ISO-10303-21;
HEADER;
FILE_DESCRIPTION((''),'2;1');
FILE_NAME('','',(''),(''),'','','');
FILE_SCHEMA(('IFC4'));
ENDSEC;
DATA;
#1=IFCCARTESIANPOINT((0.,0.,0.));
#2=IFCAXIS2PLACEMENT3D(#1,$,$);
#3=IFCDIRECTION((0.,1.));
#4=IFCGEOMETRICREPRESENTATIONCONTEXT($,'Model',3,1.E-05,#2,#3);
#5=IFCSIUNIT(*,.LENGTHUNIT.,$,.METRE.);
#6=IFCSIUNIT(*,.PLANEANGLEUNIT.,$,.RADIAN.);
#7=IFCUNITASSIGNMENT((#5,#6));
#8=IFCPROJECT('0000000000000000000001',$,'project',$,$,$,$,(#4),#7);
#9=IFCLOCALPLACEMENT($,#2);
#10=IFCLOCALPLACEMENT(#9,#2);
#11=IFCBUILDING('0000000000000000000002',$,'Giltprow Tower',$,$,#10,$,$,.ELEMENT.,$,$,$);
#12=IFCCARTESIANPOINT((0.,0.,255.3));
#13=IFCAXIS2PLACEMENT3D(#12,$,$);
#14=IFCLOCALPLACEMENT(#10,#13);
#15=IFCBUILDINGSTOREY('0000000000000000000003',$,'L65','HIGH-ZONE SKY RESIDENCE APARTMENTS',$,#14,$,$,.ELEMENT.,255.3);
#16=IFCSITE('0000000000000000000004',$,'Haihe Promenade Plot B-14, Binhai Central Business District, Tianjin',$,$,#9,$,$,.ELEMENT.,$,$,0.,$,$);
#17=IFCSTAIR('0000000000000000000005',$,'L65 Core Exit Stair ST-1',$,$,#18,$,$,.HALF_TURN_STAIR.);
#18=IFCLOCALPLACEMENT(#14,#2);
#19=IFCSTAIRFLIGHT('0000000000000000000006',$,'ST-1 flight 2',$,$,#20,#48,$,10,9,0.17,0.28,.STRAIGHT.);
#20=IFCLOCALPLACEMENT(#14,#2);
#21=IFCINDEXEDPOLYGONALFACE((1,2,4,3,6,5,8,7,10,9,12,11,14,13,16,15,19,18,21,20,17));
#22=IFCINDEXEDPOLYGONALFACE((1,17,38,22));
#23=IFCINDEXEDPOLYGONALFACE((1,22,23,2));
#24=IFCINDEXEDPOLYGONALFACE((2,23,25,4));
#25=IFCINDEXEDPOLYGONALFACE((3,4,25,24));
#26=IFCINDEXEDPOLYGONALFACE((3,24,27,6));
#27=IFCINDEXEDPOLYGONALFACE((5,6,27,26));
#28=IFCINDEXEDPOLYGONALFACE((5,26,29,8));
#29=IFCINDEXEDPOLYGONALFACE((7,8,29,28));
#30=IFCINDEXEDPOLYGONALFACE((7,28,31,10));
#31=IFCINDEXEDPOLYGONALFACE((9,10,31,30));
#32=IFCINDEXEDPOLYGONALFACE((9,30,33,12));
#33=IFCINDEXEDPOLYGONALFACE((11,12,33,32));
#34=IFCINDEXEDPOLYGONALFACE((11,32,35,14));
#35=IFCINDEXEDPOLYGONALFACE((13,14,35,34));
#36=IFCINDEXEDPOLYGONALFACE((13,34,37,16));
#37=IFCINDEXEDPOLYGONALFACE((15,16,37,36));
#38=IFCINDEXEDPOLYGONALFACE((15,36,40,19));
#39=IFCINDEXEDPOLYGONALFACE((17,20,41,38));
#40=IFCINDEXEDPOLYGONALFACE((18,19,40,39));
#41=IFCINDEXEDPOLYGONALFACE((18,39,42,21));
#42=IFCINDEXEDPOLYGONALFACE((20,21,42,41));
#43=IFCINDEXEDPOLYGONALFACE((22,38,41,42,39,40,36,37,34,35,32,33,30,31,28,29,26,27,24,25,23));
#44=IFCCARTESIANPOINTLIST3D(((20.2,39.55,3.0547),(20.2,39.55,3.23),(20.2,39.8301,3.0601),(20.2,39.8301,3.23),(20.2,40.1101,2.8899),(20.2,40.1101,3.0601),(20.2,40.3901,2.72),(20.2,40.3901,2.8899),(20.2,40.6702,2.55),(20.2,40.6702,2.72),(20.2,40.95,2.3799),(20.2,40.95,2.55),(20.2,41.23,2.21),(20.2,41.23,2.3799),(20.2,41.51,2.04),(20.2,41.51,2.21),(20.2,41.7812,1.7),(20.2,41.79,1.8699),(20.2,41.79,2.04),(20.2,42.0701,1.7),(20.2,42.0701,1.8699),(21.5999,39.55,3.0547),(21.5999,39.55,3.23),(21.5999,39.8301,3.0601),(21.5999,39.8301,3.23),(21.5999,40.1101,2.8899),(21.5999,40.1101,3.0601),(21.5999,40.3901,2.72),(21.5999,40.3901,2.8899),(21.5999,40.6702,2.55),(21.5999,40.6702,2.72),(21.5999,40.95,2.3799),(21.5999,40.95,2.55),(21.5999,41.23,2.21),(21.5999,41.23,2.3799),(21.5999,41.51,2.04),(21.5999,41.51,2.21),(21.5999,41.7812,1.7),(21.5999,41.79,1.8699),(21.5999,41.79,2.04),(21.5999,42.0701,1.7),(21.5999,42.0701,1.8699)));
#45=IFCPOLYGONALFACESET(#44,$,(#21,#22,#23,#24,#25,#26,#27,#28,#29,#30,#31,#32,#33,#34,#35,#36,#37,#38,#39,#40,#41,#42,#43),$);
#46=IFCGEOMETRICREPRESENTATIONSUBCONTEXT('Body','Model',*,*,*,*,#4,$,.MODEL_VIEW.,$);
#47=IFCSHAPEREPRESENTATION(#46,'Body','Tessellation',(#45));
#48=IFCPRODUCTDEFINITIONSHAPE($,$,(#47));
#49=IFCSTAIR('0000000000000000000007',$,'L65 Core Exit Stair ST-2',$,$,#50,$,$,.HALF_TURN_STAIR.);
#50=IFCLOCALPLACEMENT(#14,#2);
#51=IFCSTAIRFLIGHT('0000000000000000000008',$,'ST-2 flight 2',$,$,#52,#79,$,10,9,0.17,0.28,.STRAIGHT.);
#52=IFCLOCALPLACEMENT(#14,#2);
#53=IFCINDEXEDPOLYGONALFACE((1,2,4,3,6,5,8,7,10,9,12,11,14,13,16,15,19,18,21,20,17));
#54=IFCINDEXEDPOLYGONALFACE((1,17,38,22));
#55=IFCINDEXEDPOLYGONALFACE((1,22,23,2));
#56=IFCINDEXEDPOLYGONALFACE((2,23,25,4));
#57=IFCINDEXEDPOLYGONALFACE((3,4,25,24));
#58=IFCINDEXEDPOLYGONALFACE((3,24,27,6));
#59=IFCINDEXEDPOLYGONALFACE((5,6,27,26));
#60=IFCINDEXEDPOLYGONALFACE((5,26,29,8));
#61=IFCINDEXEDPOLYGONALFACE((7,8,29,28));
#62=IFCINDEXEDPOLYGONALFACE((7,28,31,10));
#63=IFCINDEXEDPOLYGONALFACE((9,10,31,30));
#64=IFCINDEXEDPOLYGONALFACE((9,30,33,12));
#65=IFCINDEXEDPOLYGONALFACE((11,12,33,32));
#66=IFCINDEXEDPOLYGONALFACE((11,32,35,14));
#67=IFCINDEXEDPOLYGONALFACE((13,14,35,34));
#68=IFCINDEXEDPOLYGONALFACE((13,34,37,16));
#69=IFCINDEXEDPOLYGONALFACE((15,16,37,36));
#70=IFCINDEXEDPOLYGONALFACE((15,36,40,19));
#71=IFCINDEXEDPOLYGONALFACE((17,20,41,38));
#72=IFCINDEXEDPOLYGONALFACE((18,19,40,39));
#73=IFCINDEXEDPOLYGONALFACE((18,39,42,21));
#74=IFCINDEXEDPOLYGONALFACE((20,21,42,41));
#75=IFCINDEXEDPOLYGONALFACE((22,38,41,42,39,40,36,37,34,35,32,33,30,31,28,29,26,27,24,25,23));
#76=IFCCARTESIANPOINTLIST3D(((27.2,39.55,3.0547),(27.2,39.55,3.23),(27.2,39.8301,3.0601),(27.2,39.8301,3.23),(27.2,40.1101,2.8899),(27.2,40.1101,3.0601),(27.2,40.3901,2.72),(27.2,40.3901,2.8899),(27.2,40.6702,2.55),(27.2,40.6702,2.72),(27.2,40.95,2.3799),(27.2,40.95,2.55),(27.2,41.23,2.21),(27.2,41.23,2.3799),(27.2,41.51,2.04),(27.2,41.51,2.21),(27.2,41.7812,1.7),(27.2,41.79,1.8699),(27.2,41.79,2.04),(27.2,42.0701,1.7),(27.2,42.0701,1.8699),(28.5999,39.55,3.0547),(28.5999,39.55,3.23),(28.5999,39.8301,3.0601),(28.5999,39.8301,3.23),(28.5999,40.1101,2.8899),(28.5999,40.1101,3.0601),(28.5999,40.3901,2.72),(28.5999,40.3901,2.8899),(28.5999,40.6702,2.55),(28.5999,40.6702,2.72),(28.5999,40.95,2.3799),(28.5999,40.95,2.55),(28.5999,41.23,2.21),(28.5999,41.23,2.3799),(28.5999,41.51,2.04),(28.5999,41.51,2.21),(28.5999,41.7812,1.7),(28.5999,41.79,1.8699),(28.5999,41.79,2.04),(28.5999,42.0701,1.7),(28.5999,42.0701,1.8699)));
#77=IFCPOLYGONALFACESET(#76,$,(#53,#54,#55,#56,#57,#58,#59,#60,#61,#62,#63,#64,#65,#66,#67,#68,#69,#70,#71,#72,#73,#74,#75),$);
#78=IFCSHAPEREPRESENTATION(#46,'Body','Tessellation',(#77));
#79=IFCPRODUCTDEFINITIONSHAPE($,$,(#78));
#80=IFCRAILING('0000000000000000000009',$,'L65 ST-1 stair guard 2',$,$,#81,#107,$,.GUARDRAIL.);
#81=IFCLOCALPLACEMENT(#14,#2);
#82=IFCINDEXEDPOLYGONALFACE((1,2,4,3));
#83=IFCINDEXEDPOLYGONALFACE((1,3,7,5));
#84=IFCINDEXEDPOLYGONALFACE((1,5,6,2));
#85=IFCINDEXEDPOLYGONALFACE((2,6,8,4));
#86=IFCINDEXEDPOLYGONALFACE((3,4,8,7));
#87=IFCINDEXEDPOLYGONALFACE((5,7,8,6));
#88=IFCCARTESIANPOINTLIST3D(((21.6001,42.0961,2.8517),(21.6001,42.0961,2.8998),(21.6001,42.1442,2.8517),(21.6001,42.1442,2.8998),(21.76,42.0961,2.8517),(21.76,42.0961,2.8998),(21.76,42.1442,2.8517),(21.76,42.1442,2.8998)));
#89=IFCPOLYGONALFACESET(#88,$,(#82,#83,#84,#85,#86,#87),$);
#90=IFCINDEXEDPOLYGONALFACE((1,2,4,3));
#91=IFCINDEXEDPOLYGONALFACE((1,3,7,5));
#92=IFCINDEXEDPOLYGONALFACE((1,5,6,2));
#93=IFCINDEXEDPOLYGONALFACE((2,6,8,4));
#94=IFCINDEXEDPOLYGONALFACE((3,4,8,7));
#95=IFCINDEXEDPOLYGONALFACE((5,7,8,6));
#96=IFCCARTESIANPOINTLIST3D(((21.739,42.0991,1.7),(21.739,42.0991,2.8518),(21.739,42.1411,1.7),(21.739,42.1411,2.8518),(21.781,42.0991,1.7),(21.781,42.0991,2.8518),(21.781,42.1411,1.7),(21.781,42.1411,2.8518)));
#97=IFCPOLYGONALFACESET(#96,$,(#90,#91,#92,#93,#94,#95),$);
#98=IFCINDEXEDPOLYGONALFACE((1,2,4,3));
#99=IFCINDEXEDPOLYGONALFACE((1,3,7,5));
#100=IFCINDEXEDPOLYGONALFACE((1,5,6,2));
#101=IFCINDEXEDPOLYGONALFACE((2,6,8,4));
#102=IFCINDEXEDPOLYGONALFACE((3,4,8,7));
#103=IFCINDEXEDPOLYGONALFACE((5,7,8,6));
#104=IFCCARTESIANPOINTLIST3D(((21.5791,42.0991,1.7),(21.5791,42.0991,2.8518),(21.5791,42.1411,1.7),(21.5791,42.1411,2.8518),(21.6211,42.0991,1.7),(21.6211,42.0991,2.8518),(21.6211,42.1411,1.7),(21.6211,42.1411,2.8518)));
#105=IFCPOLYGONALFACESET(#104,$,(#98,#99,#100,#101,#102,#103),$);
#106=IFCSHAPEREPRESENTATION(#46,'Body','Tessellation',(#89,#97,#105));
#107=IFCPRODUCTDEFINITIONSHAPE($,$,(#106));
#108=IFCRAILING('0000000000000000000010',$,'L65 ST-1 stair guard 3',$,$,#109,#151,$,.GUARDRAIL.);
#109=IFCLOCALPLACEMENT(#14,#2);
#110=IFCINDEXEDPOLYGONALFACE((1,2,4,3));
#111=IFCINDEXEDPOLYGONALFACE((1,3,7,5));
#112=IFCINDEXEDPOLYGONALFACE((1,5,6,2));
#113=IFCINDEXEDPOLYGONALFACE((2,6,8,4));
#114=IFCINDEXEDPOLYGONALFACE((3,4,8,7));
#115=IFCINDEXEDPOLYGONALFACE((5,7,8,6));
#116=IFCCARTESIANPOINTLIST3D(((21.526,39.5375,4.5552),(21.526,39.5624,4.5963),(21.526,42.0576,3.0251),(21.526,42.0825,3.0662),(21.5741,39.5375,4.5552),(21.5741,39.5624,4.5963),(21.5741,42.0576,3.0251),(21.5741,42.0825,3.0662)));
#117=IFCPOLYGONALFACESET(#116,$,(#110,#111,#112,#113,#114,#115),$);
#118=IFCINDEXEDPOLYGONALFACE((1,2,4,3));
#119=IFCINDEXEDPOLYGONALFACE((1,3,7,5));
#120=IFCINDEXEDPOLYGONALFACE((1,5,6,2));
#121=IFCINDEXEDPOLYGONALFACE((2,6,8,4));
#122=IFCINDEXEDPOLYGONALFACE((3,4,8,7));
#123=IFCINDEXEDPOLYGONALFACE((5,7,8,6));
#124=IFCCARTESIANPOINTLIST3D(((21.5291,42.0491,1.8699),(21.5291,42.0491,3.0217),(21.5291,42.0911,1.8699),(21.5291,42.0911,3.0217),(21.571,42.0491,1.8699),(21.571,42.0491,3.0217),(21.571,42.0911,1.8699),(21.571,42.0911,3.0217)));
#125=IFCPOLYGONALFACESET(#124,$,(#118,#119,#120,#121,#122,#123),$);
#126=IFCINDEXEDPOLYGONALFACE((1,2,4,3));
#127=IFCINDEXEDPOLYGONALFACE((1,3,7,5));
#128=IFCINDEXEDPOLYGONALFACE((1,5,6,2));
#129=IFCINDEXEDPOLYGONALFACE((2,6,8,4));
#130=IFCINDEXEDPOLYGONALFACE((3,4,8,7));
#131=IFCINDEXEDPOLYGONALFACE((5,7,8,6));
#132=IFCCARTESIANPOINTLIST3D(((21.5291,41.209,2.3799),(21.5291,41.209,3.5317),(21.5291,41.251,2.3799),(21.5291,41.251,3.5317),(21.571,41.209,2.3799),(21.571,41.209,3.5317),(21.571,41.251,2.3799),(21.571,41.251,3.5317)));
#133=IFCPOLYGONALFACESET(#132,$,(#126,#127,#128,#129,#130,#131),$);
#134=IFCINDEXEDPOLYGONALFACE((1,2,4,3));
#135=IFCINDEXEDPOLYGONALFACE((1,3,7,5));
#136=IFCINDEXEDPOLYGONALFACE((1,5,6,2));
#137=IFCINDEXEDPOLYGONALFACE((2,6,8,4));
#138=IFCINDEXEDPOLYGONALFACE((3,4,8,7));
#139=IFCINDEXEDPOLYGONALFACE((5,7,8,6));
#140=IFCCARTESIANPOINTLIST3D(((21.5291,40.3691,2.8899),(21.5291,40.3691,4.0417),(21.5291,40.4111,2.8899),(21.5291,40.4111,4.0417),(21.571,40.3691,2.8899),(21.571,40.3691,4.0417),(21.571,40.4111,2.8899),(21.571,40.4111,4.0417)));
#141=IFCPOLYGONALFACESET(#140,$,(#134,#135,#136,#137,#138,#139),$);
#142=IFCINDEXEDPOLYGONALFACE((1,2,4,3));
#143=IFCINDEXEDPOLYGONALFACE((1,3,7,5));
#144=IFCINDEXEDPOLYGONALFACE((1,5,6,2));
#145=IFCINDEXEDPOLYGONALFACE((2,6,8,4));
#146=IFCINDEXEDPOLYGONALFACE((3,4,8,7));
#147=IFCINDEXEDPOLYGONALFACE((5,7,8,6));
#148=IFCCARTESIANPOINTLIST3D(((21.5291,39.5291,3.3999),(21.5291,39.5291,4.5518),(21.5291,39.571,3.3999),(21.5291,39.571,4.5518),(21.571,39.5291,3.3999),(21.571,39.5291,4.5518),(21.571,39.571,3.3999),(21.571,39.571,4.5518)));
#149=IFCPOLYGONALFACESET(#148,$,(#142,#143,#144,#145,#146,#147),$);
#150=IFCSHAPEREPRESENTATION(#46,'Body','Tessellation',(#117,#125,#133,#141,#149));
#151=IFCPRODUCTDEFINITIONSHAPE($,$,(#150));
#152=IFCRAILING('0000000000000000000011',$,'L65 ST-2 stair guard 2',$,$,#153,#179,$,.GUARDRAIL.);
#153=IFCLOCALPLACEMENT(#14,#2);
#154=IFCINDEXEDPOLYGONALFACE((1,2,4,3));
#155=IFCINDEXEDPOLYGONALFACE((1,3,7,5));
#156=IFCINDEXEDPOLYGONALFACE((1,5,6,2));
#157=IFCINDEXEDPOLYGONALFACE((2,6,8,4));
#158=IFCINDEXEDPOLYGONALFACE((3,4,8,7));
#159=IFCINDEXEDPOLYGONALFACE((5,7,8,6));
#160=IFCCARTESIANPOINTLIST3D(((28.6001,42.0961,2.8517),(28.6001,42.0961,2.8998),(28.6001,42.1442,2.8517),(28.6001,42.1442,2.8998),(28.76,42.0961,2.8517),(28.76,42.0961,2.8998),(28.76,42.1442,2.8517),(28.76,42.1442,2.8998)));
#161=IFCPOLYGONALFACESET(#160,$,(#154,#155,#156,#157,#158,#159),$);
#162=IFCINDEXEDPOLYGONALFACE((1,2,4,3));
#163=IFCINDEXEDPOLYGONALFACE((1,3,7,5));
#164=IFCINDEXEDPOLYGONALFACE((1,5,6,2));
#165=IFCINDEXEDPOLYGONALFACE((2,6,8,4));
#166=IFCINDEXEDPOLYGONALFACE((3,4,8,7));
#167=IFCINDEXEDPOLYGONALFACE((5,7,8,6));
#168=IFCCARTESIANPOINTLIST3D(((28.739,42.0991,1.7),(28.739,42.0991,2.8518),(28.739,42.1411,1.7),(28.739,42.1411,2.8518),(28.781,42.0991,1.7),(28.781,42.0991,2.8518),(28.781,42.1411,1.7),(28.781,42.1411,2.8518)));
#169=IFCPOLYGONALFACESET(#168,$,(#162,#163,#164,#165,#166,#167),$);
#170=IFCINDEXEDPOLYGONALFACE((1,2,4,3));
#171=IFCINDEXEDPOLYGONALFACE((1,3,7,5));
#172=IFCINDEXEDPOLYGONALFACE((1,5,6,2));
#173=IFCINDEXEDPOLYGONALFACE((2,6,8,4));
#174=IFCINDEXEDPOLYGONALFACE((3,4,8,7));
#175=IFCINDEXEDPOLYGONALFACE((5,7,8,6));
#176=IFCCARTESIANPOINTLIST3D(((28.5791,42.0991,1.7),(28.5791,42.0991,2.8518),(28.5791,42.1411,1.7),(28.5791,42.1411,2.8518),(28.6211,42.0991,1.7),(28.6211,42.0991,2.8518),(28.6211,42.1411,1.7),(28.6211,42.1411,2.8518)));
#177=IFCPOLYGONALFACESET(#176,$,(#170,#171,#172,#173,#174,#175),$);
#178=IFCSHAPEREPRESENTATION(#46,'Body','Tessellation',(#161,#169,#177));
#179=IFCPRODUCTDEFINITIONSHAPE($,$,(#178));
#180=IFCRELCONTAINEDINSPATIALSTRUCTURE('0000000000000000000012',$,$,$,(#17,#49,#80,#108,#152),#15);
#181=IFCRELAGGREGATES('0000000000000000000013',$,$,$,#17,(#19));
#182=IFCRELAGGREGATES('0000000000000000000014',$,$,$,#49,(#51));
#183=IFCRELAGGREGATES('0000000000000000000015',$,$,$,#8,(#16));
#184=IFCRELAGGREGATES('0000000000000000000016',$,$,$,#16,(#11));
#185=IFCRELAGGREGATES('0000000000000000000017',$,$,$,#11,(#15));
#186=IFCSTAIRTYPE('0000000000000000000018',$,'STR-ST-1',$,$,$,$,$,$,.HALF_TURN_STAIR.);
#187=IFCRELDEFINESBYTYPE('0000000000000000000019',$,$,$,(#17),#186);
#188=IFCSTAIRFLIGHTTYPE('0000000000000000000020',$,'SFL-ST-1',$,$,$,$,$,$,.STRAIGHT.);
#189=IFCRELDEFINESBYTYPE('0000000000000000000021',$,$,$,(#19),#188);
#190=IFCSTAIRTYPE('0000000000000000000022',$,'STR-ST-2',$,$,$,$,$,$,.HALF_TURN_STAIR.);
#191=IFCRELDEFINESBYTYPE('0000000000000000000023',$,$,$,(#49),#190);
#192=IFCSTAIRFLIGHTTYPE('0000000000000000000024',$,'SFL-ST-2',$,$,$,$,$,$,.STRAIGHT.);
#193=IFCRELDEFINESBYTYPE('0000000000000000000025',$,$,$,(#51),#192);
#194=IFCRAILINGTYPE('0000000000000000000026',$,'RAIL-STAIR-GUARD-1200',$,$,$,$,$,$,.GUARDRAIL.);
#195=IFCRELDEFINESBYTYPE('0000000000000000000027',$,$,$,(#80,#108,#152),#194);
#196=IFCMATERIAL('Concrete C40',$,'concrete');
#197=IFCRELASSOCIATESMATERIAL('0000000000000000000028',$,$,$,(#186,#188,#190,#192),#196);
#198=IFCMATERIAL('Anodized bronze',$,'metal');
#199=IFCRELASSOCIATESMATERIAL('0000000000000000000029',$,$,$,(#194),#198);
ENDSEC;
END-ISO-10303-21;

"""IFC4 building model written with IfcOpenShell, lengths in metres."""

from ifc_helpers import new_model, si_unit, direction, frame, origin, origin_2d, place, context, subcontext, project, spatial, polyline, rectangle, outline, extrude, material, type_object, element, aggregate, save


model = new_model("IFC4")

# Units and contexts
model_context = context("Model", 3, precision=1e-05, world=origin(), true_north=direction((0.0, 1.0)))
body_context = subcontext(model_context, "Body", "Model", "MODEL_VIEW")
ifc_project = project(units=[si_unit("LENGTHUNIT", "METRE"), si_unit("PLANEANGLEUNIT", "RADIAN")], contexts=[model_context])

# Site, building, storey
site_placement = place(None, origin())
site = spatial("IfcSite", under=ifc_project, at=site_placement, Name="Haihe Promenade Plot B-14, Binhai Central Business District, Tianjin", CompositionType="ELEMENT", RefElevation=0.0)
building_placement = place(site_placement, origin())
building = spatial("IfcBuilding", under=site, at=building_placement, Name="Giltprow Tower", CompositionType="ELEMENT")
storey_placement = place(building_placement, frame((0.0, 0.0, 255.3)))
storey = spatial("IfcBuildingStorey", under=building, at=storey_placement, Name="L65", Description="HIGH-ZONE SKY RESIDENCE APARTMENTS", CompositionType="ELEMENT", Elevation=255.3)

# Shared definitions
ifc_material_1 = material(Name="Concrete C40", Category="concrete")

# Stairs, stair flights
stair_type_1 = type_object("IfcStairType", Name="STR-ST-1", PredefinedType="HALF_TURN_STAIR", material=ifc_material_1)
stair_1_placement = place(storey_placement, origin())
stair_1 = element("IfcStair", 1, at=stair_1_placement, inside=storey, type_object=stair_type_1, Name="L65 Core Exit Stair ST-1", PredefinedType="HALF_TURN_STAIR")
stair_flight_type_1 = type_object("IfcStairFlightType", Name="SFL-ST-1", PredefinedType="STRAIGHT", material=ifc_material_1)
stair_flight_1_placement = place(storey_placement, frame((20.8999, 42.0701, 1.7), z_axis=(0.0, 0.0, 1.0), x_axis=(0.0, -1.0, 0.0)))
stair_flight_1 = element("IfcStairFlight", 2, at=stair_flight_1_placement, type_object=stair_flight_type_1, Name="ST-1 flight 2", NumberOfRisers=10, NumberOfTreads=9, PredefinedType="STRAIGHT", RiserHeight=0.17, TreadLength=0.28, context=body_context, shape_type="SweptSolid", body=[
    extrude(outline(polyline([(0.0, 0.0), (0.0, 0.1699), (0.28, 0.1699), (0.28, 0.3401), (0.5601, 0.3401), (0.5601, 0.51), (0.8401, 0.51), (0.8401, 0.6799), (1.1201, 0.6799), (1.1201, 0.8501), (1.3999, 0.8501), (1.3999, 1.02), (1.6799, 1.02), (1.6799, 1.1899), (1.96, 1.1899), (1.96, 1.3601), (2.24, 1.3601), (2.24, 1.53), (2.52, 1.53), (2.52, 1.7), (2.52, 1.3547), (0.2888, 0.0), (0.0, 0.0)])), frame((0.0, 0.7, 0.0), z_axis=(0.0, -1.0, 0.0), x_axis=(1.0, 0.0, 0.0)), (0.0, 0.0, 1.0), 1.3999),
])
aggregate(stair_1, [stair_flight_1])
stair_type_2 = type_object("IfcStairType", Name="STR-ST-2", PredefinedType="HALF_TURN_STAIR", material=ifc_material_1)
stair_2_placement = place(storey_placement, origin())
stair_2 = element("IfcStair", 3, at=stair_2_placement, inside=storey, type_object=stair_type_2, Name="L65 Core Exit Stair ST-2", PredefinedType="HALF_TURN_STAIR")
stair_flight_type_2 = type_object("IfcStairFlightType", Name="SFL-ST-2", PredefinedType="STRAIGHT", material=ifc_material_1)
stair_flight_2_placement = place(storey_placement, frame((27.8999, 42.0701, 1.7), z_axis=(0.0, 0.0, 1.0), x_axis=(0.0, -1.0, 0.0)))
stair_flight_2 = element("IfcStairFlight", 4, at=stair_flight_2_placement, type_object=stair_flight_type_2, Name="ST-2 flight 2", NumberOfRisers=10, NumberOfTreads=9, PredefinedType="STRAIGHT", RiserHeight=0.17, TreadLength=0.28, context=body_context, shape_type="SweptSolid", body=[
    extrude(outline(polyline([(0.0, 0.0), (0.0, 0.1699), (0.28, 0.1699), (0.28, 0.3401), (0.5601, 0.3401), (0.5601, 0.51), (0.8401, 0.51), (0.8401, 0.6799), (1.1201, 0.6799), (1.1201, 0.8501), (1.3999, 0.8501), (1.3999, 1.02), (1.6799, 1.02), (1.6799, 1.1899), (1.96, 1.1899), (1.96, 1.3601), (2.24, 1.3601), (2.24, 1.53), (2.52, 1.53), (2.52, 1.7), (2.52, 1.3547), (0.2888, 0.0), (0.0, 0.0)])), frame((0.0, 0.7, 0.0), z_axis=(0.0, -1.0, 0.0), x_axis=(1.0, 0.0, 0.0)), (0.0, 0.0, 1.0), 1.3999),
])
aggregate(stair_2, [stair_flight_2])

# Railings
ifc_material_2 = material(Name="Anodized bronze", Category="metal")
railing_type_1 = type_object("IfcRailingType", Name="RAIL-STAIR-GUARD-1200", PredefinedType="GUARDRAIL", material=ifc_material_2)
railing_1_placement = place(storey_placement, frame((21.76, 42.1201, 1.7)))
element("IfcRailing", 5, at=railing_1_placement, inside=storey, type_object=railing_type_1, Name="L65 ST-1 stair guard 2", PredefinedType="GUARDRAIL", context=body_context, shape_type="SweptSolid", body=[
    extrude(rectangle(XDim=0.0481, YDim=0.0481, at=origin_2d()), frame((0.0, 0.0, 1.1758), z_axis=(-1.0, 0.0, 0.0), x_axis=(0.0, -1.0, 0.0)), (0.0, 0.0, 1.0), 0.1599),
    extrude(rectangle(XDim=0.042, YDim=0.042, at=origin_2d()), origin(), (0.0, 0.0, 1.0), 1.1519),
    extrude(rectangle(XDim=0.042, YDim=0.042, at=origin_2d()), frame((-0.1599, 0.0, 0.0)), (0.0, 0.0, 1.0), 1.1519),
])
railing_2_placement = place(storey_placement, frame((21.55, 42.0701, 1.8699)))
element("IfcRailing", 6, at=railing_2_placement, inside=storey, type_object=railing_type_1, Name="L65 ST-1 stair guard 3", PredefinedType="GUARDRAIL", context=body_context, shape_type="SweptSolid", body=[
    extrude(rectangle(XDim=0.0481, YDim=0.0481, at=origin_2d()), frame((0.0, 0.0, 1.1758), z_axis=(0.0, -0.854785, 0.518982), x_axis=(1.0, 0.0, 0.0)), (0.0, 0.0, 1.0), 2.9482),
    extrude(rectangle(XDim=0.042, YDim=0.042, at=origin_2d()), origin(), (0.0, 0.0, 1.0), 1.1519),
    extrude(rectangle(XDim=0.042, YDim=0.042, at=origin_2d()), frame((0.0, -0.8401, 0.51)), (0.0, 0.0, 1.0), 1.1519),
    extrude(rectangle(XDim=0.042, YDim=0.042, at=origin_2d()), frame((0.0, -1.6799, 1.02)), (0.0, 0.0, 1.0), 1.1519),
    extrude(rectangle(XDim=0.042, YDim=0.042, at=origin_2d()), frame((0.0, -2.52, 1.53)), (0.0, 0.0, 1.0), 1.1519),
])
railing_3_placement = place(storey_placement, frame((28.76, 42.1201, 1.7)))
element("IfcRailing", 7, at=railing_3_placement, inside=storey, type_object=railing_type_1, Name="L65 ST-2 stair guard 2", PredefinedType="GUARDRAIL", context=body_context, shape_type="SweptSolid", body=[
    extrude(rectangle(XDim=0.0481, YDim=0.0481, at=origin_2d()), frame((0.0, 0.0, 1.1758), z_axis=(-1.0, 0.0, 0.0), x_axis=(0.0, -1.0, 0.0)), (0.0, 0.0, 1.0), 0.1599),
    extrude(rectangle(XDim=0.042, YDim=0.042, at=origin_2d()), origin(), (0.0, 0.0, 1.0), 1.1519),
    extrude(rectangle(XDim=0.042, YDim=0.042, at=origin_2d()), frame((-0.1599, 0.0, 0.0)), (0.0, 0.0, 1.0), 1.1519),
])

save(model, "model.ifc")
